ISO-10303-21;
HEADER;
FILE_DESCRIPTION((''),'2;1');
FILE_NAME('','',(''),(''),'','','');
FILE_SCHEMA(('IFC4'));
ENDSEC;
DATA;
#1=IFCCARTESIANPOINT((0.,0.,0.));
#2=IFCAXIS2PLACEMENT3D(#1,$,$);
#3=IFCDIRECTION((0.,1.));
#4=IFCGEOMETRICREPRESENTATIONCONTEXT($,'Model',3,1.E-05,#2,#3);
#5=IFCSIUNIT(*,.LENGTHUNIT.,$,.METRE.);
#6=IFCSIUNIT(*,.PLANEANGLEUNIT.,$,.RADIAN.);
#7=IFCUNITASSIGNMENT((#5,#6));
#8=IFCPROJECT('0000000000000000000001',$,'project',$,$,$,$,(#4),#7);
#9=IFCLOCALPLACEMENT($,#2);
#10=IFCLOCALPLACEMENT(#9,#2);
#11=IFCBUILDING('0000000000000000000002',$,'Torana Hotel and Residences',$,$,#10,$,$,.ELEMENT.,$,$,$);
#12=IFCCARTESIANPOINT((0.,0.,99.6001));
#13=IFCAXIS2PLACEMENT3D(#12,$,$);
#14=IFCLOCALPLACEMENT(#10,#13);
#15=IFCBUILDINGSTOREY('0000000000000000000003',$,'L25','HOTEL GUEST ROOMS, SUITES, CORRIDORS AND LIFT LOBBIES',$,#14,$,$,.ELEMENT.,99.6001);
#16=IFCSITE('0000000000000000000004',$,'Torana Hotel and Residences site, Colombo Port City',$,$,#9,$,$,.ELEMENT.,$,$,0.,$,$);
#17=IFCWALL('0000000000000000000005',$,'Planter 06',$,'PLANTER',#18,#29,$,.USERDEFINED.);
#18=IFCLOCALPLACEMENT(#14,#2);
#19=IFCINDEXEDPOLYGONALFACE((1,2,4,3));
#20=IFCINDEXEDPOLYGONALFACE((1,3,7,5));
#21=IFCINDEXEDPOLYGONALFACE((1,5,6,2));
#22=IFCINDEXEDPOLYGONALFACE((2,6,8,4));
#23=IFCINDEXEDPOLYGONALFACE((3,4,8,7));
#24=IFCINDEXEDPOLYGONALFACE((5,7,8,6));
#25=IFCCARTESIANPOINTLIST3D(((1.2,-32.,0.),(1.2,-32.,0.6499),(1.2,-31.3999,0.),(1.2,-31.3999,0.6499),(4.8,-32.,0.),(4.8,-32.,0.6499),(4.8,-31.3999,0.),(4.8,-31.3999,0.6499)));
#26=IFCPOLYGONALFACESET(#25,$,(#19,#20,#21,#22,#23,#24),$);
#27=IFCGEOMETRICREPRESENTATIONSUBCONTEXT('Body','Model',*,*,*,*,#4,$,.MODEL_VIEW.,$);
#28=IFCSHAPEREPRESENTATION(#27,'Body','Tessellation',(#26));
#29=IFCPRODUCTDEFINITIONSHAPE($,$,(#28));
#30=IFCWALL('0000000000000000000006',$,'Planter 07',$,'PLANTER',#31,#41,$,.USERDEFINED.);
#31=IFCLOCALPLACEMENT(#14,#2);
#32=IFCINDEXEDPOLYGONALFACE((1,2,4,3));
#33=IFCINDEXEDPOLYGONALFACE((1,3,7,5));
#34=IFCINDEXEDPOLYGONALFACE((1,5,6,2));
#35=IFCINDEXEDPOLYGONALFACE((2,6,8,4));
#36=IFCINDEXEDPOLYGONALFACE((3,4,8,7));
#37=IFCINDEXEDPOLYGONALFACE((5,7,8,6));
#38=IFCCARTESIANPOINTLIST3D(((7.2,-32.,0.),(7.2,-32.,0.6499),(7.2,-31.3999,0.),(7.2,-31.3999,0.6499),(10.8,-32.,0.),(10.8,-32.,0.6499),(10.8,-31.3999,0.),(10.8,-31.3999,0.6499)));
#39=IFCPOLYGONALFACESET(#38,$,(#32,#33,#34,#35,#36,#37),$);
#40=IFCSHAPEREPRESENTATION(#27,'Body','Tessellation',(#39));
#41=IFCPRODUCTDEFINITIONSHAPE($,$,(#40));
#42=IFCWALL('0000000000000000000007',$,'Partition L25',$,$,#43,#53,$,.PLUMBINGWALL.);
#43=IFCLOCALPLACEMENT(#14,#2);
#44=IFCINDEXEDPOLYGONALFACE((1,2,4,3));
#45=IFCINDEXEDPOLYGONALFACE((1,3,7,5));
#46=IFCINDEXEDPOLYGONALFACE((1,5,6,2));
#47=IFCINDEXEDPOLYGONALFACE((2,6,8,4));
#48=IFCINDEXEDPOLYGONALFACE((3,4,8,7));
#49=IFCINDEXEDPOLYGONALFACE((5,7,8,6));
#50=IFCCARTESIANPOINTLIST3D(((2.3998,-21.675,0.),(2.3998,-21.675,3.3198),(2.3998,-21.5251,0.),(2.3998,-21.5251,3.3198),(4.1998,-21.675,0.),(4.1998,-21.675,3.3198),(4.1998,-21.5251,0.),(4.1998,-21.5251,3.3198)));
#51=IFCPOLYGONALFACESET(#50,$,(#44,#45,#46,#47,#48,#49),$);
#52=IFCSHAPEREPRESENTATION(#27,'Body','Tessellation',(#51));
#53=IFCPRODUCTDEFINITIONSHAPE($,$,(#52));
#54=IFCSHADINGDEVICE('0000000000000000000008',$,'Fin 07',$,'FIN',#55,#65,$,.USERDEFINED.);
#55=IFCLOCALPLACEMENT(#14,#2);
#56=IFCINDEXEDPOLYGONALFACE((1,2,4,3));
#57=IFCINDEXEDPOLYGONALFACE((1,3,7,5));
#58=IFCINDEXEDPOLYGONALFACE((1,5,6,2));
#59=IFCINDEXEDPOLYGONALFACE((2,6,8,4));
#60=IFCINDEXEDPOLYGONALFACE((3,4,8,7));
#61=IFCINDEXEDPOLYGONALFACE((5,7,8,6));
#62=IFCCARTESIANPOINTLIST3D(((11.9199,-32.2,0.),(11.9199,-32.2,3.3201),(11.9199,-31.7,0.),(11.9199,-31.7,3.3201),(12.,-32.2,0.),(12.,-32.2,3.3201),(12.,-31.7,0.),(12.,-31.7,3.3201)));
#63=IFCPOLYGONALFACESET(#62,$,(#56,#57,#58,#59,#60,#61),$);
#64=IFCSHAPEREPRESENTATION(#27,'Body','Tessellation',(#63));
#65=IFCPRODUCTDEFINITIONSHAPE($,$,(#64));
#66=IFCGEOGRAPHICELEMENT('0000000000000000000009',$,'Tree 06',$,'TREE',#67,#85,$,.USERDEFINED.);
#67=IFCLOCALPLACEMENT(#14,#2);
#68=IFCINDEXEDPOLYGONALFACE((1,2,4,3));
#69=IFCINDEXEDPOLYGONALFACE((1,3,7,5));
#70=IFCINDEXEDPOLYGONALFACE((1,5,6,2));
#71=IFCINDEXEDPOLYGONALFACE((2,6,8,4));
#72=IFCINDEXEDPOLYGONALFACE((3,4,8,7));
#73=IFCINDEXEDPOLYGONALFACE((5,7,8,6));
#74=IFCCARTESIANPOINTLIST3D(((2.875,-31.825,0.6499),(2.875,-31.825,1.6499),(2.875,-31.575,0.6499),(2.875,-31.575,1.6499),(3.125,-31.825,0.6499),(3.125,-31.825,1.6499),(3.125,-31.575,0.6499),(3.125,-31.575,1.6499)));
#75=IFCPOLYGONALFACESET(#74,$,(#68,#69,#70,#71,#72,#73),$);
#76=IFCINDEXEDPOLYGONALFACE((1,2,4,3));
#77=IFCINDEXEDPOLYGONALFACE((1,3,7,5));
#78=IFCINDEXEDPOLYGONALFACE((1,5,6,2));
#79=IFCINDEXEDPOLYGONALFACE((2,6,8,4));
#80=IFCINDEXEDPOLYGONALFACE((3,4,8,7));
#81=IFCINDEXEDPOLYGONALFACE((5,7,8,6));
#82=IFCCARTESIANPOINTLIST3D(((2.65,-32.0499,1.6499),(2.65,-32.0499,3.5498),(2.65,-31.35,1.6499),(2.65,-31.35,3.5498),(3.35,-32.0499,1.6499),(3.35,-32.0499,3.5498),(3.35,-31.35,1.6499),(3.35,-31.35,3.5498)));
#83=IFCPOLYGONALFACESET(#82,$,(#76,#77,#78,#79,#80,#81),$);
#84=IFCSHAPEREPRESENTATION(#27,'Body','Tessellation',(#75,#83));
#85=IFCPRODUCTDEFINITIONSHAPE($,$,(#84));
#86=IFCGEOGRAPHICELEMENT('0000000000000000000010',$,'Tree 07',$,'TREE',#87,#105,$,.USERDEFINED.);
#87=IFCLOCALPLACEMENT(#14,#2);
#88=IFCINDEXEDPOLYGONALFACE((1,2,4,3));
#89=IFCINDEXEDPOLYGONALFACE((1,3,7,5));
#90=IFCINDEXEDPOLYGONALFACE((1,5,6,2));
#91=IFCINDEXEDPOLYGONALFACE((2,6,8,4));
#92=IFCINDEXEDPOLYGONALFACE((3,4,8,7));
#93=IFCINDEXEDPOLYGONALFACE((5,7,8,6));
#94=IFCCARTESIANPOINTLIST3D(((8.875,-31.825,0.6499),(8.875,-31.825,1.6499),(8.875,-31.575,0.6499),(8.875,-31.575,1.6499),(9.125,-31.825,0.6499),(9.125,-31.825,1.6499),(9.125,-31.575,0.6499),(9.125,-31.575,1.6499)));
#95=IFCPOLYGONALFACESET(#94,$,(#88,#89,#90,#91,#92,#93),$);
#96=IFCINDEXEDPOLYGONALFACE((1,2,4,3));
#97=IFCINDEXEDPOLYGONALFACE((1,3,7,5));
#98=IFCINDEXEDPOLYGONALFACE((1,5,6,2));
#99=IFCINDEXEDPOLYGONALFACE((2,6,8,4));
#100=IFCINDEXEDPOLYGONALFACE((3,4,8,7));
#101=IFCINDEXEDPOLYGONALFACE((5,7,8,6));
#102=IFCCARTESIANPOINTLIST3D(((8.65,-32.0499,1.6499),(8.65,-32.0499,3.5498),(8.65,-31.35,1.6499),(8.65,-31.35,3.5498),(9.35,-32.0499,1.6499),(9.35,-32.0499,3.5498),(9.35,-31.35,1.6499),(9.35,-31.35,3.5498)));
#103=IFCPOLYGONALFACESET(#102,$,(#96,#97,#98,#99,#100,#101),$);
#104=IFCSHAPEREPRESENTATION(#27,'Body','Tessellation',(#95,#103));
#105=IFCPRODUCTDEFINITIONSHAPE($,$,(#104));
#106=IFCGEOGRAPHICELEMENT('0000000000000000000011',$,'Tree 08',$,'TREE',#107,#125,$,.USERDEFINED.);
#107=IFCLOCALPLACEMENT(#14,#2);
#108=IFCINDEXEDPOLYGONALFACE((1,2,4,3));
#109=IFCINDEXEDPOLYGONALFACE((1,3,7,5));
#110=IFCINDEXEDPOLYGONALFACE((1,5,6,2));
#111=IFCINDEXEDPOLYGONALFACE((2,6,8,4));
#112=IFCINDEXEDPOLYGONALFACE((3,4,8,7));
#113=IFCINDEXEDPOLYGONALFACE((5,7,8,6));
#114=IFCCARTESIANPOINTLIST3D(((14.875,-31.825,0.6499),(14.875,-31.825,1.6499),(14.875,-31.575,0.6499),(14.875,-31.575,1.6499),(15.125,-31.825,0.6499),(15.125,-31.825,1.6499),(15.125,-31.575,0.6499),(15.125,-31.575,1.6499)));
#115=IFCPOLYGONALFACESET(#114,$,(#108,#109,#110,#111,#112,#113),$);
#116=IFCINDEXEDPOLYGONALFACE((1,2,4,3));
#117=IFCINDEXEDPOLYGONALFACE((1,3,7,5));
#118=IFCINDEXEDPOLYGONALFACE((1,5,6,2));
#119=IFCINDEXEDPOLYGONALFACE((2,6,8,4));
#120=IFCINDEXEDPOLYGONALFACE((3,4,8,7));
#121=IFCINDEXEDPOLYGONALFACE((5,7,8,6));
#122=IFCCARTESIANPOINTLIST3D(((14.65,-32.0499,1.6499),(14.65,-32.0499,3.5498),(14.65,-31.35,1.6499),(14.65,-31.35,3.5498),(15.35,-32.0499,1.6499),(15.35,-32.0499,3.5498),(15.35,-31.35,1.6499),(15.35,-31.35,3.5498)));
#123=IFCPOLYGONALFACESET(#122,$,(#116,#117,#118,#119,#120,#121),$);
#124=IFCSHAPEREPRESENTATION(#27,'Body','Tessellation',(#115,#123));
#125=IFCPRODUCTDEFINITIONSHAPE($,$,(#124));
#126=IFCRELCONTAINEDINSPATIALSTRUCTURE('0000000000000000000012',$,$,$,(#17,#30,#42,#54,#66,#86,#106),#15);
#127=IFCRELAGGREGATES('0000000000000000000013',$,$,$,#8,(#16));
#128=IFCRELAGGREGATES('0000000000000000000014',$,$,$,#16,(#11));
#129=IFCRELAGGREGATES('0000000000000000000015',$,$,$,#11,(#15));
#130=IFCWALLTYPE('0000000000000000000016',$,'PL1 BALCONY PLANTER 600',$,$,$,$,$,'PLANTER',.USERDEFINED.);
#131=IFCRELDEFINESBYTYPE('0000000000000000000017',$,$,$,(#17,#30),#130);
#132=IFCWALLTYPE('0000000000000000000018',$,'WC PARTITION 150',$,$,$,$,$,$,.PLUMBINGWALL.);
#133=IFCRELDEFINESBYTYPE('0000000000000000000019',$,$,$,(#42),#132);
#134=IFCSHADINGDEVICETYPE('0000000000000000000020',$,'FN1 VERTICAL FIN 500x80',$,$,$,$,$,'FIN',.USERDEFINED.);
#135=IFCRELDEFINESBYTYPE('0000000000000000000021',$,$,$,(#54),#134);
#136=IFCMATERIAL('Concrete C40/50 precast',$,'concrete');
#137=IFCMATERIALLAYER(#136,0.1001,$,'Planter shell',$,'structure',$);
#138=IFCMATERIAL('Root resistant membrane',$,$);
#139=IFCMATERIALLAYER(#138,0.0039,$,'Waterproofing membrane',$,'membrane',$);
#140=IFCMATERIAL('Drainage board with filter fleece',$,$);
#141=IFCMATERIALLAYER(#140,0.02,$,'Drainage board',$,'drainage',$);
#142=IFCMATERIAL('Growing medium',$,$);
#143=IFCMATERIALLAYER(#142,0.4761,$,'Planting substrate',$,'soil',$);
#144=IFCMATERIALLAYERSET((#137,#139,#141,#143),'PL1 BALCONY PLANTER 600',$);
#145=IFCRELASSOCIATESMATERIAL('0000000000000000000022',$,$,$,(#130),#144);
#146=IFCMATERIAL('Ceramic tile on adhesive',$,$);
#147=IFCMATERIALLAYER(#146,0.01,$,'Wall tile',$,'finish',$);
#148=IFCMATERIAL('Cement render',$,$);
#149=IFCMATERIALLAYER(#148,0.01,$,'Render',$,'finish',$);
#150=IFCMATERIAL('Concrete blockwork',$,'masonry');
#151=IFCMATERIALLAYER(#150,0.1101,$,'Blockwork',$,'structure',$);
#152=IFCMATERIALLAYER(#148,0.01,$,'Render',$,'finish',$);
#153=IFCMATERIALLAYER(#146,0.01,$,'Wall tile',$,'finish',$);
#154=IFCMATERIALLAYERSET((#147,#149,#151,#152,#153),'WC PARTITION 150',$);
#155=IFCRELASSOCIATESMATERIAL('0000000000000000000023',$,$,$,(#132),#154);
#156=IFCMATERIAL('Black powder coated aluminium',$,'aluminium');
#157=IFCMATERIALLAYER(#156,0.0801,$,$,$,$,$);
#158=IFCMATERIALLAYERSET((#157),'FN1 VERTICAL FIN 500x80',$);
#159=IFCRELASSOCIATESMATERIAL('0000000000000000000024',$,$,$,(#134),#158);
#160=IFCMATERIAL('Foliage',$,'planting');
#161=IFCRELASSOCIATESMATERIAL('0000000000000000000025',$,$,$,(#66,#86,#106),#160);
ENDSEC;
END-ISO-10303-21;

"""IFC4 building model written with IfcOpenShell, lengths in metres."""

from ifc_helpers import new_model, si_unit, direction, frame, frame_2d, origin, origin_2d, place, context, subcontext, project, spatial, rectangle, extrude, material, layer, layer_set, type_object, element, save


model = new_model("IFC4")

# Units and contexts
model_context = context("Model", 3, precision=1e-05, world=origin(), true_north=direction((0.0, 1.0)))
body_context = subcontext(model_context, "Body", "Model", "MODEL_VIEW")
ifc_project = project(units=[si_unit("LENGTHUNIT", "METRE"), si_unit("PLANEANGLEUNIT", "RADIAN")], contexts=[model_context])

# Site, building, storey
site_placement = place(None, origin())
site = spatial("IfcSite", under=ifc_project, at=site_placement, Name="Torana Hotel and Residences site, Colombo Port City", CompositionType="ELEMENT", RefElevation=0.0)
building_placement = place(site_placement, origin())
building = spatial("IfcBuilding", under=site, at=building_placement, Name="Torana Hotel and Residences", CompositionType="ELEMENT")
storey_placement = place(building_placement, frame((0.0, 0.0, 99.6001)))
storey = spatial("IfcBuildingStorey", under=building, at=storey_placement, Name="L25", Description="HOTEL GUEST ROOMS, SUITES, CORRIDORS AND LIFT LOBBIES", CompositionType="ELEMENT", Elevation=99.6001)

# Shared definitions
ifc_material_1 = material(Name="Concrete blockwork", Category="masonry")

# Walls
ifc_material_2 = material(Name="Concrete C40/50 precast", Category="concrete")
ifc_layer_1 = layer(ifc_material_2, 0.1001, Name="Planter shell", Category="structure")
ifc_material_3 = material(Name="Root resistant membrane")
ifc_layer_2 = layer(ifc_material_3, 0.0039, Name="Waterproofing membrane", Category="membrane")
ifc_material_4 = material(Name="Drainage board with filter fleece")
ifc_layer_3 = layer(ifc_material_4, 0.02, Name="Drainage board", Category="drainage")
ifc_material_5 = material(Name="Growing medium")
ifc_layer_4 = layer(ifc_material_5, 0.4761, Name="Planting substrate", Category="soil")
ifc_layer_set_1 = layer_set([ifc_layer_1, ifc_layer_2, ifc_layer_3, ifc_layer_4], Name="PL1 BALCONY PLANTER 600")
wall_type_1 = type_object("IfcWallType", Name="PL1 BALCONY PLANTER 600", ElementType="PLANTER", PredefinedType="USERDEFINED", material=ifc_layer_set_1)
for number, where, z_axis, x_axis, name in (
    (1, (4.8, -31.7, 0.0), (0.0, 0.0, 1.0), (-1.0, 0.0, 0.0), "Planter 06"),
    (2, (10.8, -31.7, 0.0), (0.0, 0.0, 1.0), (-1.0, 0.0, 0.0), "Planter 07"),
):
    element("IfcWall", number, at=place(storey_placement, frame(where, z_axis=z_axis, x_axis=x_axis)), inside=storey, type_object=wall_type_1, Name=name, ObjectType="PLANTER", PredefinedType="USERDEFINED", context=body_context, shape_type="SweptSolid", body=[
        extrude(rectangle(XDim=3.6001, YDim=0.6001, at=frame_2d((1.8, 0.0))), origin(), (0.0, 0.0, 1.0), 0.6499),
    ])
ifc_material_6 = material(Name="Ceramic tile on adhesive")
ifc_layer_5 = layer(ifc_material_6, 0.01, Name="Wall tile", Category="finish")
ifc_material_7 = material(Name="Cement render")
ifc_layer_6 = layer(ifc_material_7, 0.01, Name="Render", Category="finish")
ifc_layer_7 = layer(ifc_material_1, 0.1101, Name="Blockwork", Category="structure")
ifc_layer_8 = layer(ifc_material_7, 0.01, Name="Render", Category="finish")
ifc_layer_9 = layer(ifc_material_6, 0.01, Name="Wall tile", Category="finish")
ifc_layer_set_2 = layer_set([ifc_layer_5, ifc_layer_6, ifc_layer_7, ifc_layer_8, ifc_layer_9], Name="WC PARTITION 150")
wall_type_2 = type_object("IfcWallType", Name="WC PARTITION 150", PredefinedType="PLUMBINGWALL", material=ifc_layer_set_2)
wall_1_placement = place(storey_placement, frame((2.3999, -21.6001, 0.0), z_axis=(0.0, 0.0, 1.0), x_axis=(1.0, 0.0, 0.0)))
element("IfcWall", 3, at=wall_1_placement, inside=storey, type_object=wall_type_2, Name="Partition L25", PredefinedType="PLUMBINGWALL", context=body_context, shape_type="SweptSolid", body=[
    extrude(rectangle(XDim=1.8, YDim=0.1499, at=frame_2d((0.8999, 0.0))), origin(), (0.0, 0.0, 1.0), 3.3198),
])

# Shading device
ifc_material_8 = material(Name="Black powder coated aluminium", Category="aluminium")
ifc_layer_10 = layer(ifc_material_8, 0.0801)
ifc_layer_set_3 = layer_set([ifc_layer_10], Name="FN1 VERTICAL FIN 500x80")
shading_device_type = type_object("IfcShadingDeviceType", Name="FN1 VERTICAL FIN 500x80", ElementType="FIN", PredefinedType="USERDEFINED", material=ifc_layer_set_3)
shading_device_placement = place(storey_placement, frame((11.96, -31.95, 0.0), z_axis=(0.0, 0.0, 1.0), x_axis=(-1.0, 0.0, 0.0)))
element("IfcShadingDevice", 4, at=shading_device_placement, inside=storey, type_object=shading_device_type, Name="Fin 07", ObjectType="FIN", PredefinedType="USERDEFINED", context=body_context, shape_type="SweptSolid", body=[
    extrude(rectangle(XDim=0.0801, YDim=0.5, at=origin_2d()), origin(), (0.0, 0.0, 1.0), 3.3201),
])

# Geographic elements
ifc_material_9 = material(Name="Foliage", Category="planting")
for number, where, z_axis, x_axis, name in (
    (5, (3.0, -31.7, 0.6499), (0.0, 0.0, 1.0), (1.0, 0.0, 0.0), "Tree 06"),
    (6, (9.0, -31.7, 0.6499), (0.0, 0.0, 1.0), (1.0, 0.0, 0.0), "Tree 07"),
    (7, (15.0, -31.7, 0.6499), (0.0, 0.0, 1.0), (1.0, 0.0, 0.0), "Tree 08"),
):
    element("IfcGeographicElement", number, at=place(storey_placement, frame(where, z_axis=z_axis, x_axis=x_axis)), inside=storey, material=ifc_material_9, Name=name, ObjectType="TREE", PredefinedType="USERDEFINED", context=body_context, shape_type="SweptSolid", body=[
        extrude(rectangle(XDim=0.25, YDim=0.25, at=origin_2d()), origin(), (0.0, 0.0, 1.0), 1.0),
        extrude(rectangle(XDim=0.7, YDim=0.7, at=origin_2d()), frame((0.0, 0.0, 1.0)), (0.0, 0.0, 1.0), 1.8999),
    ])

save(model, "model.ifc")
